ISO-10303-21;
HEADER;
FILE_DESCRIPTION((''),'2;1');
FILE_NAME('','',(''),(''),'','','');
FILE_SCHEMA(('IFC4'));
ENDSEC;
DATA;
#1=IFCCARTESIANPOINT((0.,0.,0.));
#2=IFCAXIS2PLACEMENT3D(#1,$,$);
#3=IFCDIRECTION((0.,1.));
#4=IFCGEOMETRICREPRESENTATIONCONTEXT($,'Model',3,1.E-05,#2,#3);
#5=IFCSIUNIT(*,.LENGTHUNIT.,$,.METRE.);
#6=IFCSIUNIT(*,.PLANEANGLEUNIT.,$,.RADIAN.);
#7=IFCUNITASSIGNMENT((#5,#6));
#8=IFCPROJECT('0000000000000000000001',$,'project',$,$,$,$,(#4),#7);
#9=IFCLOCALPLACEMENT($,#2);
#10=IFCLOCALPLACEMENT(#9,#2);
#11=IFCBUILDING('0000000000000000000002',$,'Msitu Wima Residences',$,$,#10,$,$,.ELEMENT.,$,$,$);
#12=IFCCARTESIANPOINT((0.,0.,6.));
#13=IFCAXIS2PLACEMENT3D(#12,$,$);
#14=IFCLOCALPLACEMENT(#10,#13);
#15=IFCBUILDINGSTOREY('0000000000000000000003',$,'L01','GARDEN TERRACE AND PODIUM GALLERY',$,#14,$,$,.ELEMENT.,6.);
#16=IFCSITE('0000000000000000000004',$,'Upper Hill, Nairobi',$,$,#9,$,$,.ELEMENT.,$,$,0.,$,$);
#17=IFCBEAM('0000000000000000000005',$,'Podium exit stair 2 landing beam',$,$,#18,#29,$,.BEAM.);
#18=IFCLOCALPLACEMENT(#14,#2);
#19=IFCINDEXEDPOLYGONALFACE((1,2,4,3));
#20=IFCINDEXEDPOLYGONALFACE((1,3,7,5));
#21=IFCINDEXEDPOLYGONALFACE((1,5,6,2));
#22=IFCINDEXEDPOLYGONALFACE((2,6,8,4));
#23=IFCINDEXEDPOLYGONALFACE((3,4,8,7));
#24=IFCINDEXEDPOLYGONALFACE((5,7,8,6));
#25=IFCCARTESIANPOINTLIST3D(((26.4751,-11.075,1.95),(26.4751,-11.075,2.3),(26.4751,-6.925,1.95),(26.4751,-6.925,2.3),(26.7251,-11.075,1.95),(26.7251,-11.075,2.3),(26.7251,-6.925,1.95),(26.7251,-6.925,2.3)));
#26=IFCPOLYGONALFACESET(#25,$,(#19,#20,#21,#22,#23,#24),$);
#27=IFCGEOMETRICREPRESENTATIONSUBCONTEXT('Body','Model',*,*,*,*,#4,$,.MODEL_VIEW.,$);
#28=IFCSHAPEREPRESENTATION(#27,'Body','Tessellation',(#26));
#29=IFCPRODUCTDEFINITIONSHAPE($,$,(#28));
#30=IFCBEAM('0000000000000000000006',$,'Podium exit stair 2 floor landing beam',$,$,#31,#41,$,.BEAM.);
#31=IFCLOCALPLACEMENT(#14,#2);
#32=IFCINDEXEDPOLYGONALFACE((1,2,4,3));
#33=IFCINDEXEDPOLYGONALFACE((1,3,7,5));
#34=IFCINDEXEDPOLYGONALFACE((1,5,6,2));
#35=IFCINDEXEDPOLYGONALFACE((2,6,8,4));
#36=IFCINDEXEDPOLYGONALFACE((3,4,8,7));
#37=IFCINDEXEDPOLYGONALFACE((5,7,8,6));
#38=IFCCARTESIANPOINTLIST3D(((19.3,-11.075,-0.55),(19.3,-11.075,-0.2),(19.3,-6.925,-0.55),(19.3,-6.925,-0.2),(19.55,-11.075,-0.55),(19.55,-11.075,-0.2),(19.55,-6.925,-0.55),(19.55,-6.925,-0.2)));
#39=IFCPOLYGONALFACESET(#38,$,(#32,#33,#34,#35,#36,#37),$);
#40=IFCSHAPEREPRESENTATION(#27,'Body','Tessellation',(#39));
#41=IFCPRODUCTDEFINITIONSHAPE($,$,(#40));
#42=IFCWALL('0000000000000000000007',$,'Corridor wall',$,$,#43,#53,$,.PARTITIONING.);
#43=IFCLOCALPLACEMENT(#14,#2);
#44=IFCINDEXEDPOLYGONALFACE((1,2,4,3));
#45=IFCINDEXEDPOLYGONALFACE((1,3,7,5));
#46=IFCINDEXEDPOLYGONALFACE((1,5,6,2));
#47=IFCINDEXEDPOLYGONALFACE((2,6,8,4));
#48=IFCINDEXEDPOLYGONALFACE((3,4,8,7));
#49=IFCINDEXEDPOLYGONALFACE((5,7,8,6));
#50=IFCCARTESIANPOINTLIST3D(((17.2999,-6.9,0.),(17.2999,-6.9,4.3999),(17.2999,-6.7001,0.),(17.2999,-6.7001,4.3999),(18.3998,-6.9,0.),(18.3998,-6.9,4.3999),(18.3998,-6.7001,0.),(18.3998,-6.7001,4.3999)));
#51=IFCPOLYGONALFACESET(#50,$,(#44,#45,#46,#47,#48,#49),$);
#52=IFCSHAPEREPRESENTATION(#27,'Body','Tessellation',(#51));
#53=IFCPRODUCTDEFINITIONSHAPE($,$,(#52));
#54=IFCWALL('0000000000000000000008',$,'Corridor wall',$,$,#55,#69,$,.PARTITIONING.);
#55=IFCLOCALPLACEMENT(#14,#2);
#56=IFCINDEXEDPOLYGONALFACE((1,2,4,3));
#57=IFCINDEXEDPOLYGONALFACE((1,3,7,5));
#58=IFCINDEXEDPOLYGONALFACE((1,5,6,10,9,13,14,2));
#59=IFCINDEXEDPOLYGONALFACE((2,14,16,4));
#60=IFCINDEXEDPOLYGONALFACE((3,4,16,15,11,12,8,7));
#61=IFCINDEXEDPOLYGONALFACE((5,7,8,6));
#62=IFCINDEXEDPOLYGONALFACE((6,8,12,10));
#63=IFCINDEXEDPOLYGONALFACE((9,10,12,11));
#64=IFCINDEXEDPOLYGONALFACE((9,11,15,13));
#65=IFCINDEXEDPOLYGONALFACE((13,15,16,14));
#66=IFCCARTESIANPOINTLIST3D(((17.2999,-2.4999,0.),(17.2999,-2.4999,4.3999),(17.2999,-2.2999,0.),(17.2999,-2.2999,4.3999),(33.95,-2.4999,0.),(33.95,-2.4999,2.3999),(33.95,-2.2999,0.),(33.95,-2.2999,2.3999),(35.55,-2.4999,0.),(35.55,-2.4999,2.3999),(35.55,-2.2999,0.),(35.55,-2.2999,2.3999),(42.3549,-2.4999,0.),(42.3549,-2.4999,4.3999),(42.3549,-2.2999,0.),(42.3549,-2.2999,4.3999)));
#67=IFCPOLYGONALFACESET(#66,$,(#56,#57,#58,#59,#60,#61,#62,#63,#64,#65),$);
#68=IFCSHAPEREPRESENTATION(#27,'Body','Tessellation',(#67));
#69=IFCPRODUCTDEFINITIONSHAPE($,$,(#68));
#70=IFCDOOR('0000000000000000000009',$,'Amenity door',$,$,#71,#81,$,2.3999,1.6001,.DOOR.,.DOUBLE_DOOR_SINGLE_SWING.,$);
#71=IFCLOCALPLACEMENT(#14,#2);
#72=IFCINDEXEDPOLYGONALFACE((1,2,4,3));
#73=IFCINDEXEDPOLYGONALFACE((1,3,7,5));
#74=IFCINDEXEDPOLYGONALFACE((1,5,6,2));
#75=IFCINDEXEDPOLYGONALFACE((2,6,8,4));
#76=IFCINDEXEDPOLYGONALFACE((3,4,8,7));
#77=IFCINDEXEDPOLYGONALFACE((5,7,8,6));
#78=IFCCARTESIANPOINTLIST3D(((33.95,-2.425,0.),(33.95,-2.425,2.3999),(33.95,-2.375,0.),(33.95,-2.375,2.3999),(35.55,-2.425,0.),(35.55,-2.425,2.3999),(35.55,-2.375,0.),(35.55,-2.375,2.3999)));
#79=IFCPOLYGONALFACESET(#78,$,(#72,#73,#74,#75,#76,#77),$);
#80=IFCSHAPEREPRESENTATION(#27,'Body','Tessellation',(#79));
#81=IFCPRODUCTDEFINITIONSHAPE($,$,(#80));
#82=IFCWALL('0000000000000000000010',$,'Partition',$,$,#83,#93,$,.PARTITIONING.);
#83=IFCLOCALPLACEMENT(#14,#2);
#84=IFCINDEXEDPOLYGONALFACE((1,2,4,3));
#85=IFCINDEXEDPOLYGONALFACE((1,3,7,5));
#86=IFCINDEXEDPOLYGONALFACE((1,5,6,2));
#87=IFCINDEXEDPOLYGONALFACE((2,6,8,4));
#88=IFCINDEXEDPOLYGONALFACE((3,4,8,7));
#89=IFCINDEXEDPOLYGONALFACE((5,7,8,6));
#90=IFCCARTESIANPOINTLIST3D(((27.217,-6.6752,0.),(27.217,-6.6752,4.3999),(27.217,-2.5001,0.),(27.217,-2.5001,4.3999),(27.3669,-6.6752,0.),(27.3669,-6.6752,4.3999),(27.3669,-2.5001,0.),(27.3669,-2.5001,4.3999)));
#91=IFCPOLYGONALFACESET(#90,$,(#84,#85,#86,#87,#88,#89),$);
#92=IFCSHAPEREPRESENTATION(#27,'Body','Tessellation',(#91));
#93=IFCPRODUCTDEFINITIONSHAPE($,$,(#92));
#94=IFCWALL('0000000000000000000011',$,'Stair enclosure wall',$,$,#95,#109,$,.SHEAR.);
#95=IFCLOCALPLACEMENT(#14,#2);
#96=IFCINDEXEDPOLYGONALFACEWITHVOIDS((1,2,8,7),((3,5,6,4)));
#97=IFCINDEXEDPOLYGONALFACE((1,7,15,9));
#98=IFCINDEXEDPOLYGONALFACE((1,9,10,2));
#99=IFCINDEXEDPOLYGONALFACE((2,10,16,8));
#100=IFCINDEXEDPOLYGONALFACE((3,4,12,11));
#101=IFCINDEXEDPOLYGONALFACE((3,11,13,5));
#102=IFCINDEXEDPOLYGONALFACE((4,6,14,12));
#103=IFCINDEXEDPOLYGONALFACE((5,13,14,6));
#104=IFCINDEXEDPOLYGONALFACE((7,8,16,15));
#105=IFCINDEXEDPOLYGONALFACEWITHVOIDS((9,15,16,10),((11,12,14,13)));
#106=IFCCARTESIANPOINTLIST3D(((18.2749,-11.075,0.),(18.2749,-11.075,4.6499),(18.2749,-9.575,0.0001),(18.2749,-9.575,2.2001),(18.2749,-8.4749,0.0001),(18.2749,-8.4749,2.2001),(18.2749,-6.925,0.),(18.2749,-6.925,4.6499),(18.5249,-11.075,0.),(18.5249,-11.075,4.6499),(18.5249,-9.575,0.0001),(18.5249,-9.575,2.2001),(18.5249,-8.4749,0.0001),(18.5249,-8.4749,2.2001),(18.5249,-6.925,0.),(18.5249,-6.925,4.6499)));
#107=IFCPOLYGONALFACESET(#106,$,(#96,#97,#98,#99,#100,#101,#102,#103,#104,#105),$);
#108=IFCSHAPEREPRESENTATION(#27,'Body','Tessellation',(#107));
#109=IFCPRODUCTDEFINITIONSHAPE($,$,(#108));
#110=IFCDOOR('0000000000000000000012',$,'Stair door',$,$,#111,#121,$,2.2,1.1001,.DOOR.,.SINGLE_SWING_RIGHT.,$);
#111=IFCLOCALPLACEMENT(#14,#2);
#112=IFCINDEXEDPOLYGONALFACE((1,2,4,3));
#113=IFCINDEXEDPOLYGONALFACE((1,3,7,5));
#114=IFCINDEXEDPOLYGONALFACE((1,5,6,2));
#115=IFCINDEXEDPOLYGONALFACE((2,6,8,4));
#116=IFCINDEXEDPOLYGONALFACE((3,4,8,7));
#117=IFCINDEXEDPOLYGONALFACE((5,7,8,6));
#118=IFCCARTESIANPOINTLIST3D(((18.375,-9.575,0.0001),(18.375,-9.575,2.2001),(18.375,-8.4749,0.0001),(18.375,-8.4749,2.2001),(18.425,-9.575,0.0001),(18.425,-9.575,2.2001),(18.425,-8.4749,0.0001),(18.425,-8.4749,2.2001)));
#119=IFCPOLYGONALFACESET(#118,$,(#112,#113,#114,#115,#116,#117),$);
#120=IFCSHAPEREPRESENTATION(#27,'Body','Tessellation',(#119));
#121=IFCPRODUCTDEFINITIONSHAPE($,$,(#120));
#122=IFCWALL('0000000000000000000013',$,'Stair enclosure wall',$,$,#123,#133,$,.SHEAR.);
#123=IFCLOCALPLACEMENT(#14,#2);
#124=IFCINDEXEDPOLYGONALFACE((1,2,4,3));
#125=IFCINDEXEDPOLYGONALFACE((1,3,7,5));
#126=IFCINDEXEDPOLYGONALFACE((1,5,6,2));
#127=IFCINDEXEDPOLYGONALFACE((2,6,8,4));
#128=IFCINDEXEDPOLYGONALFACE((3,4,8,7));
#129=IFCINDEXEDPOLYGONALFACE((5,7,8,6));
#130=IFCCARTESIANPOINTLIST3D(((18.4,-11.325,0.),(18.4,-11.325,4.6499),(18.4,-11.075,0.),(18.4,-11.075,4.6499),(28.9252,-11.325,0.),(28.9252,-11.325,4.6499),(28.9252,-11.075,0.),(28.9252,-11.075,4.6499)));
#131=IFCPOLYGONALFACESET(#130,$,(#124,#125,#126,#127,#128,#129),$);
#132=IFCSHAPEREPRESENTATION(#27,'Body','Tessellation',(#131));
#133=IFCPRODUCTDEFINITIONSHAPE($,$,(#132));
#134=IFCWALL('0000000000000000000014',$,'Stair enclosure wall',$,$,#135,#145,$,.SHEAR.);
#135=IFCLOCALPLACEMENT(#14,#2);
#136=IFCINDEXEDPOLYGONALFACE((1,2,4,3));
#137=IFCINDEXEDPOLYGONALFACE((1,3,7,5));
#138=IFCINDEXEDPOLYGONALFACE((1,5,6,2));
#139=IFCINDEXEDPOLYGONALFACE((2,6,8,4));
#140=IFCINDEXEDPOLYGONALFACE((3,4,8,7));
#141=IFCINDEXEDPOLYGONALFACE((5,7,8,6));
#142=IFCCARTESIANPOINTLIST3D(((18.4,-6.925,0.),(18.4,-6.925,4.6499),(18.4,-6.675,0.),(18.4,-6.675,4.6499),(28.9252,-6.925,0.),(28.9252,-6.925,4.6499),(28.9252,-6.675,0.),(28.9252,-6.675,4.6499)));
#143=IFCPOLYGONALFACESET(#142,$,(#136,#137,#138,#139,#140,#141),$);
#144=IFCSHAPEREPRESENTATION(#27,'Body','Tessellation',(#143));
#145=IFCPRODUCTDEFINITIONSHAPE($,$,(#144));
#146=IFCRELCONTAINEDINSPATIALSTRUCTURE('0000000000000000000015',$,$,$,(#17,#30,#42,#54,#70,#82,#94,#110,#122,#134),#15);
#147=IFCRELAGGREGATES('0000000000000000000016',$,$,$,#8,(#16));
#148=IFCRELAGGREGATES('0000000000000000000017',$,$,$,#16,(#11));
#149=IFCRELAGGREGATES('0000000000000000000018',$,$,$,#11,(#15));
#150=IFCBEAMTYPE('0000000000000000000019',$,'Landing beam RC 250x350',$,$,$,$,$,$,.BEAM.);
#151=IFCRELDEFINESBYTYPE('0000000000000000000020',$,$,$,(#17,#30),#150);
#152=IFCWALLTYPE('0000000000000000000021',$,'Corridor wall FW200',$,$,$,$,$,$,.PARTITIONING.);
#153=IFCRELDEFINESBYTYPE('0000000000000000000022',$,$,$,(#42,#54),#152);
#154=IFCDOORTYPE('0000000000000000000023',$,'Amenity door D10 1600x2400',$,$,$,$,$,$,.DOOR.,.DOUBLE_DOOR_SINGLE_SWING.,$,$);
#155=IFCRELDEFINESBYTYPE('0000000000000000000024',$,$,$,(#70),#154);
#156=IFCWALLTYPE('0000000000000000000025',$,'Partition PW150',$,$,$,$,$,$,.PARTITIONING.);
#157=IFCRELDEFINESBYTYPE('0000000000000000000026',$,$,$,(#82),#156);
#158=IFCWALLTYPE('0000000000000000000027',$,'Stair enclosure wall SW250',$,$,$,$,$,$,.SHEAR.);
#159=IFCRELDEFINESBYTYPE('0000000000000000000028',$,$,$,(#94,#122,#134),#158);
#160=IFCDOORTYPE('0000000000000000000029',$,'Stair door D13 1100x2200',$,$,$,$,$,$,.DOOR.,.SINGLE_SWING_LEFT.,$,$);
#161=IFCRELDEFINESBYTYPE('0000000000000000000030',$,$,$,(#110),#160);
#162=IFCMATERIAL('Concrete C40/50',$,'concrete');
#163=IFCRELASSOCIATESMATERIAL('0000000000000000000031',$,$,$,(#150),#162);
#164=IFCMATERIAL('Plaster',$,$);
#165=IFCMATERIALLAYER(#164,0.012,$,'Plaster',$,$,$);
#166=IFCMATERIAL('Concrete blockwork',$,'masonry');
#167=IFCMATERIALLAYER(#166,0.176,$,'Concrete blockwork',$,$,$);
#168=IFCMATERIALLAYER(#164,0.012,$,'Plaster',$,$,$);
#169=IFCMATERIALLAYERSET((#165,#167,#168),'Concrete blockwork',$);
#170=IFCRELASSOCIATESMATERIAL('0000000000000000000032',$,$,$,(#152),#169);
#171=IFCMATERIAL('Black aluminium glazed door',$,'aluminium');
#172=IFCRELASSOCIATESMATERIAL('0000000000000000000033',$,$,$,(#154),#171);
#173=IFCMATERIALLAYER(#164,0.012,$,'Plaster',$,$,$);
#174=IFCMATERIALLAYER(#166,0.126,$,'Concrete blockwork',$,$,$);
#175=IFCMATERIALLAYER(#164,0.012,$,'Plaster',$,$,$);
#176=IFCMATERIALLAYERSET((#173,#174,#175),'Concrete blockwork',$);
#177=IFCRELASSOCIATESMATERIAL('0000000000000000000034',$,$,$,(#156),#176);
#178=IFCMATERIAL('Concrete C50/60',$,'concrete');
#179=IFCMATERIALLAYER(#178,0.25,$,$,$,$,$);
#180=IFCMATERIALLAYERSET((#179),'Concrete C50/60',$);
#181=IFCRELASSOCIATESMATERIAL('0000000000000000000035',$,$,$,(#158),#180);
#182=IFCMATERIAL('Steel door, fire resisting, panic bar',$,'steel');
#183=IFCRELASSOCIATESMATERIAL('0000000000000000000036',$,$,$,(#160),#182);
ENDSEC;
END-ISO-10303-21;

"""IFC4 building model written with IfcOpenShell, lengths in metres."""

from ifc_helpers import new_model, si_unit, direction, frame, frame_2d, origin, origin_2d, place, context, subcontext, project, spatial, rectangle, extrude, material, layer, layer_set, material_profile, profile_set, type_object, element, fill, save


model = new_model("IFC4")

# Units and contexts
model_context = context("Model", 3, precision=1e-05, world=origin(), true_north=direction((0.0, 1.0)))
body_context = subcontext(model_context, "Body", "Model", "MODEL_VIEW")
ifc_project = project(units=[si_unit("LENGTHUNIT", "METRE"), si_unit("PLANEANGLEUNIT", "RADIAN")], contexts=[model_context])

# Site, building, storey
site_placement = place(None, origin())
site = spatial("IfcSite", under=ifc_project, at=site_placement, Name="Upper Hill, Nairobi", CompositionType="ELEMENT", RefElevation=0.0)
building_placement = place(site_placement, origin())
building = spatial("IfcBuilding", under=site, at=building_placement, Name="Msitu Wima Residences", CompositionType="ELEMENT")
storey_placement = place(building_placement, frame((0.0, 0.0, 6.0)))
storey = spatial("IfcBuildingStorey", under=building, at=storey_placement, Name="L01", Description="GARDEN TERRACE AND PODIUM GALLERY", CompositionType="ELEMENT", Elevation=6.0)

# Beams
ifc_material_1 = material(Name="Concrete C40/50", Category="concrete")
ifc_material_profile = material_profile(ifc_material_1, rectangle(XDim=0.25, YDim=0.3501, at=origin_2d()), Name="RC 250x350")
ifc_profile_set = profile_set([ifc_material_profile], Name="Concrete C40/50")
beam_type = type_object("IfcBeamType", Name="Landing beam RC 250x350", PredefinedType="BEAM", material=ifc_profile_set)
for number, where, z_axis, x_axis, name in (
    (1, (26.6001, -6.925, 2.125), (0.0, -1.0, 0.0), (1.0, 0.0, 0.0), "Podium exit stair 2 landing beam"),
    (2, (19.425, -6.925, -0.375), (0.0, -1.0, 0.0), (1.0, 0.0, 0.0), "Podium exit stair 2 floor landing beam"),
):
    element("IfcBeam", number, at=place(storey_placement, frame(where, z_axis=z_axis, x_axis=x_axis)), inside=storey, type_object=beam_type, Name=name, PredefinedType="BEAM", context=body_context, shape_type="SweptSolid", body=[
        extrude(rectangle(XDim=0.25, YDim=0.3501, at=origin_2d()), origin(), (0.0, 0.0, 1.0), 4.1499),
    ])

# Shared definitions
ifc_material_2 = material(Name="Plaster")
ifc_layer_1 = layer(ifc_material_2, 0.012, Name="Plaster")
ifc_material_3 = material(Name="Concrete blockwork", Category="masonry")
ifc_layer_2 = layer(ifc_material_3, 0.176, Name="Concrete blockwork")
ifc_layer_3 = layer(ifc_material_2, 0.012, Name="Plaster")
ifc_layer_set_1 = layer_set([ifc_layer_1, ifc_layer_2, ifc_layer_3], Name="Concrete blockwork")
wall_type_1 = type_object("IfcWallType", Name="Corridor wall FW200", PredefinedType="PARTITIONING", material=ifc_layer_set_1)

# Wall
wall_1_placement = place(storey_placement, frame((17.3, -6.8, 0.0), z_axis=(0.0, 0.0, 1.0), x_axis=(1.0, 0.0, 0.0)))
element("IfcWall", 3, at=wall_1_placement, inside=storey, type_object=wall_type_1, Name="Corridor wall", PredefinedType="PARTITIONING", context=body_context, shape_type="SweptSolid", body=[
    extrude(rectangle(XDim=1.0999, YDim=0.2, at=frame_2d((0.5498, 0.0))), origin(), (0.0, 0.0, 1.0), 4.3999),
])

# Wall, opening, door
wall_2_placement = place(storey_placement, frame((17.3, -2.3999, 0.0), z_axis=(0.0, 0.0, 1.0), x_axis=(1.0, 0.0, 0.0)))
wall_2 = element("IfcWall", 4, at=wall_2_placement, inside=storey, type_object=wall_type_1, Name="Corridor wall", PredefinedType="PARTITIONING", context=body_context, shape_type="SweptSolid", body=[
    extrude(rectangle(XDim=25.0549, YDim=0.2, at=frame_2d((12.5273, 0.0))), origin(), (0.0, 0.0, 1.0), 4.3999),
])
opening_1_placement = place(wall_2_placement, frame((16.6499, 0.0, 0.0)))
opening_1 = element("IfcOpeningElement", 5, at=opening_1_placement, cuts=wall_2, PredefinedType="OPENING", context=body_context, shape_type="SweptSolid", body=[
    extrude(rectangle(XDim=1.6001, YDim=2.3999, at=frame_2d((0.8, 1.2))), frame((0.0, 0.1099, 0.0), z_axis=(0.0, -1.0, 0.0), x_axis=(1.0, 0.0, 0.0)), (0.0, 0.0, 1.0), 0.22),
])
ifc_material_4 = material(Name="Black aluminium glazed door", Category="aluminium")
door_type_1 = type_object("IfcDoorType", Name="Amenity door D10 1600x2400", OperationType="DOUBLE_DOOR_SINGLE_SWING", PredefinedType="DOOR", material=ifc_material_4)
door_1_placement = place(opening_1_placement, origin())
door_1 = element("IfcDoor", 6, at=door_1_placement, inside=storey, type_object=door_type_1, Name="Amenity door", OperationType="DOUBLE_DOOR_SINGLE_SWING", OverallHeight=2.3999, OverallWidth=1.6001, PredefinedType="DOOR", context=body_context, shape_type="SweptSolid", body=[
    extrude(rectangle(XDim=1.6001, YDim=2.3999, at=frame_2d((0.8, 1.2))), frame((0.0, 0.0249, 0.0), z_axis=(0.0, -1.0, 0.0), x_axis=(1.0, 0.0, 0.0)), (0.0, 0.0, 1.0), 0.05),
])
fill(opening_1, door_1)

# Wall
ifc_layer_4 = layer(ifc_material_2, 0.012, Name="Plaster")
ifc_layer_5 = layer(ifc_material_3, 0.126, Name="Concrete blockwork")
ifc_layer_6 = layer(ifc_material_2, 0.012, Name="Plaster")
ifc_layer_set_2 = layer_set([ifc_layer_4, ifc_layer_5, ifc_layer_6], Name="Concrete blockwork")
wall_type_2 = type_object("IfcWallType", Name="Partition PW150", PredefinedType="PARTITIONING", material=ifc_layer_set_2)
wall_3_placement = place(storey_placement, frame((27.292, -6.675, 0.0), z_axis=(0.0, 0.0, 1.0), x_axis=(0.0, 1.0, 0.0)))
element("IfcWall", 7, at=wall_3_placement, inside=storey, type_object=wall_type_2, Name="Partition", PredefinedType="PARTITIONING", context=body_context, shape_type="SweptSolid", body=[
    extrude(rectangle(XDim=4.175, YDim=0.1499, at=frame_2d((2.0874, 0.0))), origin(), (0.0, 0.0, 1.0), 4.3999),
])

# Wall, opening, door
ifc_material_5 = material(Name="Concrete C50/60", Category="concrete")
ifc_layer_7 = layer(ifc_material_5, 0.25)
ifc_layer_set_3 = layer_set([ifc_layer_7], Name="Concrete C50/60")
wall_type_3 = type_object("IfcWallType", Name="Stair enclosure wall SW250", PredefinedType="SHEAR", material=ifc_layer_set_3)
wall_4_placement = place(storey_placement, frame((18.3999, -11.075, 0.0), z_axis=(0.0, 0.0, 1.0), x_axis=(0.0, 1.0, 0.0)))
wall_4 = element("IfcWall", 8, at=wall_4_placement, inside=storey, type_object=wall_type_3, Name="Stair enclosure wall", PredefinedType="SHEAR", context=body_context, shape_type="SweptSolid", body=[
    extrude(rectangle(XDim=4.1499, YDim=0.25, at=frame_2d((2.075, 0.0))), origin(), (0.0, 0.0, 1.0), 4.6499),
])
opening_2_placement = place(wall_4_placement, frame((1.5, 0.0, 0.0)))
opening_2 = element("IfcOpeningElement", 9, at=opening_2_placement, cuts=wall_4, PredefinedType="OPENING", context=body_context, shape_type="SweptSolid", body=[
    extrude(rectangle(XDim=1.1001, YDim=2.2, at=frame_2d((0.55, 1.1001))), frame((0.0, 0.135, 0.0), z_axis=(0.0, -1.0, 0.0), x_axis=(1.0, 0.0, 0.0)), (0.0, 0.0, 1.0), 0.27),
])
ifc_material_6 = material(Name="Steel door, fire resisting, panic bar", Category="steel")
door_type_2 = type_object("IfcDoorType", Name="Stair door D13 1100x2200", OperationType="SINGLE_SWING_LEFT", PredefinedType="DOOR", material=ifc_material_6)
door_2_placement = place(opening_2_placement, origin())
door_2 = element("IfcDoor", 10, at=door_2_placement, inside=storey, type_object=door_type_2, Name="Stair door", OperationType="SINGLE_SWING_RIGHT", OverallHeight=2.2, OverallWidth=1.1001, PredefinedType="DOOR", context=body_context, shape_type="SweptSolid", body=[
    extrude(rectangle(XDim=1.1001, YDim=2.2, at=frame_2d((0.55, 1.1001))), frame((0.0, 0.0249, 0.0), z_axis=(0.0, -1.0, 0.0), x_axis=(1.0, 0.0, 0.0)), (0.0, 0.0, 1.0), 0.05),
])
fill(opening_2, door_2)

# Walls
for number, where, z_axis, x_axis, name in (
    (11, (18.3999, -11.2, 0.0), (0.0, 0.0, 1.0), (1.0, 0.0, 0.0), "Stair enclosure wall"),
    (12, (18.3999, -6.8, 0.0), (0.0, 0.0, 1.0), (1.0, 0.0, 0.0), "Stair enclosure wall"),
):
    element("IfcWall", number, at=place(storey_placement, frame(where, z_axis=z_axis, x_axis=x_axis)), inside=storey, type_object=wall_type_3, Name=name, PredefinedType="SHEAR", context=body_context, shape_type="SweptSolid", body=[
        extrude(rectangle(XDim=10.5251, YDim=0.25, at=frame_2d((5.2627, 0.0))), origin(), (0.0, 0.0, 1.0), 4.6499),
    ])

save(model, "model.ifc")
